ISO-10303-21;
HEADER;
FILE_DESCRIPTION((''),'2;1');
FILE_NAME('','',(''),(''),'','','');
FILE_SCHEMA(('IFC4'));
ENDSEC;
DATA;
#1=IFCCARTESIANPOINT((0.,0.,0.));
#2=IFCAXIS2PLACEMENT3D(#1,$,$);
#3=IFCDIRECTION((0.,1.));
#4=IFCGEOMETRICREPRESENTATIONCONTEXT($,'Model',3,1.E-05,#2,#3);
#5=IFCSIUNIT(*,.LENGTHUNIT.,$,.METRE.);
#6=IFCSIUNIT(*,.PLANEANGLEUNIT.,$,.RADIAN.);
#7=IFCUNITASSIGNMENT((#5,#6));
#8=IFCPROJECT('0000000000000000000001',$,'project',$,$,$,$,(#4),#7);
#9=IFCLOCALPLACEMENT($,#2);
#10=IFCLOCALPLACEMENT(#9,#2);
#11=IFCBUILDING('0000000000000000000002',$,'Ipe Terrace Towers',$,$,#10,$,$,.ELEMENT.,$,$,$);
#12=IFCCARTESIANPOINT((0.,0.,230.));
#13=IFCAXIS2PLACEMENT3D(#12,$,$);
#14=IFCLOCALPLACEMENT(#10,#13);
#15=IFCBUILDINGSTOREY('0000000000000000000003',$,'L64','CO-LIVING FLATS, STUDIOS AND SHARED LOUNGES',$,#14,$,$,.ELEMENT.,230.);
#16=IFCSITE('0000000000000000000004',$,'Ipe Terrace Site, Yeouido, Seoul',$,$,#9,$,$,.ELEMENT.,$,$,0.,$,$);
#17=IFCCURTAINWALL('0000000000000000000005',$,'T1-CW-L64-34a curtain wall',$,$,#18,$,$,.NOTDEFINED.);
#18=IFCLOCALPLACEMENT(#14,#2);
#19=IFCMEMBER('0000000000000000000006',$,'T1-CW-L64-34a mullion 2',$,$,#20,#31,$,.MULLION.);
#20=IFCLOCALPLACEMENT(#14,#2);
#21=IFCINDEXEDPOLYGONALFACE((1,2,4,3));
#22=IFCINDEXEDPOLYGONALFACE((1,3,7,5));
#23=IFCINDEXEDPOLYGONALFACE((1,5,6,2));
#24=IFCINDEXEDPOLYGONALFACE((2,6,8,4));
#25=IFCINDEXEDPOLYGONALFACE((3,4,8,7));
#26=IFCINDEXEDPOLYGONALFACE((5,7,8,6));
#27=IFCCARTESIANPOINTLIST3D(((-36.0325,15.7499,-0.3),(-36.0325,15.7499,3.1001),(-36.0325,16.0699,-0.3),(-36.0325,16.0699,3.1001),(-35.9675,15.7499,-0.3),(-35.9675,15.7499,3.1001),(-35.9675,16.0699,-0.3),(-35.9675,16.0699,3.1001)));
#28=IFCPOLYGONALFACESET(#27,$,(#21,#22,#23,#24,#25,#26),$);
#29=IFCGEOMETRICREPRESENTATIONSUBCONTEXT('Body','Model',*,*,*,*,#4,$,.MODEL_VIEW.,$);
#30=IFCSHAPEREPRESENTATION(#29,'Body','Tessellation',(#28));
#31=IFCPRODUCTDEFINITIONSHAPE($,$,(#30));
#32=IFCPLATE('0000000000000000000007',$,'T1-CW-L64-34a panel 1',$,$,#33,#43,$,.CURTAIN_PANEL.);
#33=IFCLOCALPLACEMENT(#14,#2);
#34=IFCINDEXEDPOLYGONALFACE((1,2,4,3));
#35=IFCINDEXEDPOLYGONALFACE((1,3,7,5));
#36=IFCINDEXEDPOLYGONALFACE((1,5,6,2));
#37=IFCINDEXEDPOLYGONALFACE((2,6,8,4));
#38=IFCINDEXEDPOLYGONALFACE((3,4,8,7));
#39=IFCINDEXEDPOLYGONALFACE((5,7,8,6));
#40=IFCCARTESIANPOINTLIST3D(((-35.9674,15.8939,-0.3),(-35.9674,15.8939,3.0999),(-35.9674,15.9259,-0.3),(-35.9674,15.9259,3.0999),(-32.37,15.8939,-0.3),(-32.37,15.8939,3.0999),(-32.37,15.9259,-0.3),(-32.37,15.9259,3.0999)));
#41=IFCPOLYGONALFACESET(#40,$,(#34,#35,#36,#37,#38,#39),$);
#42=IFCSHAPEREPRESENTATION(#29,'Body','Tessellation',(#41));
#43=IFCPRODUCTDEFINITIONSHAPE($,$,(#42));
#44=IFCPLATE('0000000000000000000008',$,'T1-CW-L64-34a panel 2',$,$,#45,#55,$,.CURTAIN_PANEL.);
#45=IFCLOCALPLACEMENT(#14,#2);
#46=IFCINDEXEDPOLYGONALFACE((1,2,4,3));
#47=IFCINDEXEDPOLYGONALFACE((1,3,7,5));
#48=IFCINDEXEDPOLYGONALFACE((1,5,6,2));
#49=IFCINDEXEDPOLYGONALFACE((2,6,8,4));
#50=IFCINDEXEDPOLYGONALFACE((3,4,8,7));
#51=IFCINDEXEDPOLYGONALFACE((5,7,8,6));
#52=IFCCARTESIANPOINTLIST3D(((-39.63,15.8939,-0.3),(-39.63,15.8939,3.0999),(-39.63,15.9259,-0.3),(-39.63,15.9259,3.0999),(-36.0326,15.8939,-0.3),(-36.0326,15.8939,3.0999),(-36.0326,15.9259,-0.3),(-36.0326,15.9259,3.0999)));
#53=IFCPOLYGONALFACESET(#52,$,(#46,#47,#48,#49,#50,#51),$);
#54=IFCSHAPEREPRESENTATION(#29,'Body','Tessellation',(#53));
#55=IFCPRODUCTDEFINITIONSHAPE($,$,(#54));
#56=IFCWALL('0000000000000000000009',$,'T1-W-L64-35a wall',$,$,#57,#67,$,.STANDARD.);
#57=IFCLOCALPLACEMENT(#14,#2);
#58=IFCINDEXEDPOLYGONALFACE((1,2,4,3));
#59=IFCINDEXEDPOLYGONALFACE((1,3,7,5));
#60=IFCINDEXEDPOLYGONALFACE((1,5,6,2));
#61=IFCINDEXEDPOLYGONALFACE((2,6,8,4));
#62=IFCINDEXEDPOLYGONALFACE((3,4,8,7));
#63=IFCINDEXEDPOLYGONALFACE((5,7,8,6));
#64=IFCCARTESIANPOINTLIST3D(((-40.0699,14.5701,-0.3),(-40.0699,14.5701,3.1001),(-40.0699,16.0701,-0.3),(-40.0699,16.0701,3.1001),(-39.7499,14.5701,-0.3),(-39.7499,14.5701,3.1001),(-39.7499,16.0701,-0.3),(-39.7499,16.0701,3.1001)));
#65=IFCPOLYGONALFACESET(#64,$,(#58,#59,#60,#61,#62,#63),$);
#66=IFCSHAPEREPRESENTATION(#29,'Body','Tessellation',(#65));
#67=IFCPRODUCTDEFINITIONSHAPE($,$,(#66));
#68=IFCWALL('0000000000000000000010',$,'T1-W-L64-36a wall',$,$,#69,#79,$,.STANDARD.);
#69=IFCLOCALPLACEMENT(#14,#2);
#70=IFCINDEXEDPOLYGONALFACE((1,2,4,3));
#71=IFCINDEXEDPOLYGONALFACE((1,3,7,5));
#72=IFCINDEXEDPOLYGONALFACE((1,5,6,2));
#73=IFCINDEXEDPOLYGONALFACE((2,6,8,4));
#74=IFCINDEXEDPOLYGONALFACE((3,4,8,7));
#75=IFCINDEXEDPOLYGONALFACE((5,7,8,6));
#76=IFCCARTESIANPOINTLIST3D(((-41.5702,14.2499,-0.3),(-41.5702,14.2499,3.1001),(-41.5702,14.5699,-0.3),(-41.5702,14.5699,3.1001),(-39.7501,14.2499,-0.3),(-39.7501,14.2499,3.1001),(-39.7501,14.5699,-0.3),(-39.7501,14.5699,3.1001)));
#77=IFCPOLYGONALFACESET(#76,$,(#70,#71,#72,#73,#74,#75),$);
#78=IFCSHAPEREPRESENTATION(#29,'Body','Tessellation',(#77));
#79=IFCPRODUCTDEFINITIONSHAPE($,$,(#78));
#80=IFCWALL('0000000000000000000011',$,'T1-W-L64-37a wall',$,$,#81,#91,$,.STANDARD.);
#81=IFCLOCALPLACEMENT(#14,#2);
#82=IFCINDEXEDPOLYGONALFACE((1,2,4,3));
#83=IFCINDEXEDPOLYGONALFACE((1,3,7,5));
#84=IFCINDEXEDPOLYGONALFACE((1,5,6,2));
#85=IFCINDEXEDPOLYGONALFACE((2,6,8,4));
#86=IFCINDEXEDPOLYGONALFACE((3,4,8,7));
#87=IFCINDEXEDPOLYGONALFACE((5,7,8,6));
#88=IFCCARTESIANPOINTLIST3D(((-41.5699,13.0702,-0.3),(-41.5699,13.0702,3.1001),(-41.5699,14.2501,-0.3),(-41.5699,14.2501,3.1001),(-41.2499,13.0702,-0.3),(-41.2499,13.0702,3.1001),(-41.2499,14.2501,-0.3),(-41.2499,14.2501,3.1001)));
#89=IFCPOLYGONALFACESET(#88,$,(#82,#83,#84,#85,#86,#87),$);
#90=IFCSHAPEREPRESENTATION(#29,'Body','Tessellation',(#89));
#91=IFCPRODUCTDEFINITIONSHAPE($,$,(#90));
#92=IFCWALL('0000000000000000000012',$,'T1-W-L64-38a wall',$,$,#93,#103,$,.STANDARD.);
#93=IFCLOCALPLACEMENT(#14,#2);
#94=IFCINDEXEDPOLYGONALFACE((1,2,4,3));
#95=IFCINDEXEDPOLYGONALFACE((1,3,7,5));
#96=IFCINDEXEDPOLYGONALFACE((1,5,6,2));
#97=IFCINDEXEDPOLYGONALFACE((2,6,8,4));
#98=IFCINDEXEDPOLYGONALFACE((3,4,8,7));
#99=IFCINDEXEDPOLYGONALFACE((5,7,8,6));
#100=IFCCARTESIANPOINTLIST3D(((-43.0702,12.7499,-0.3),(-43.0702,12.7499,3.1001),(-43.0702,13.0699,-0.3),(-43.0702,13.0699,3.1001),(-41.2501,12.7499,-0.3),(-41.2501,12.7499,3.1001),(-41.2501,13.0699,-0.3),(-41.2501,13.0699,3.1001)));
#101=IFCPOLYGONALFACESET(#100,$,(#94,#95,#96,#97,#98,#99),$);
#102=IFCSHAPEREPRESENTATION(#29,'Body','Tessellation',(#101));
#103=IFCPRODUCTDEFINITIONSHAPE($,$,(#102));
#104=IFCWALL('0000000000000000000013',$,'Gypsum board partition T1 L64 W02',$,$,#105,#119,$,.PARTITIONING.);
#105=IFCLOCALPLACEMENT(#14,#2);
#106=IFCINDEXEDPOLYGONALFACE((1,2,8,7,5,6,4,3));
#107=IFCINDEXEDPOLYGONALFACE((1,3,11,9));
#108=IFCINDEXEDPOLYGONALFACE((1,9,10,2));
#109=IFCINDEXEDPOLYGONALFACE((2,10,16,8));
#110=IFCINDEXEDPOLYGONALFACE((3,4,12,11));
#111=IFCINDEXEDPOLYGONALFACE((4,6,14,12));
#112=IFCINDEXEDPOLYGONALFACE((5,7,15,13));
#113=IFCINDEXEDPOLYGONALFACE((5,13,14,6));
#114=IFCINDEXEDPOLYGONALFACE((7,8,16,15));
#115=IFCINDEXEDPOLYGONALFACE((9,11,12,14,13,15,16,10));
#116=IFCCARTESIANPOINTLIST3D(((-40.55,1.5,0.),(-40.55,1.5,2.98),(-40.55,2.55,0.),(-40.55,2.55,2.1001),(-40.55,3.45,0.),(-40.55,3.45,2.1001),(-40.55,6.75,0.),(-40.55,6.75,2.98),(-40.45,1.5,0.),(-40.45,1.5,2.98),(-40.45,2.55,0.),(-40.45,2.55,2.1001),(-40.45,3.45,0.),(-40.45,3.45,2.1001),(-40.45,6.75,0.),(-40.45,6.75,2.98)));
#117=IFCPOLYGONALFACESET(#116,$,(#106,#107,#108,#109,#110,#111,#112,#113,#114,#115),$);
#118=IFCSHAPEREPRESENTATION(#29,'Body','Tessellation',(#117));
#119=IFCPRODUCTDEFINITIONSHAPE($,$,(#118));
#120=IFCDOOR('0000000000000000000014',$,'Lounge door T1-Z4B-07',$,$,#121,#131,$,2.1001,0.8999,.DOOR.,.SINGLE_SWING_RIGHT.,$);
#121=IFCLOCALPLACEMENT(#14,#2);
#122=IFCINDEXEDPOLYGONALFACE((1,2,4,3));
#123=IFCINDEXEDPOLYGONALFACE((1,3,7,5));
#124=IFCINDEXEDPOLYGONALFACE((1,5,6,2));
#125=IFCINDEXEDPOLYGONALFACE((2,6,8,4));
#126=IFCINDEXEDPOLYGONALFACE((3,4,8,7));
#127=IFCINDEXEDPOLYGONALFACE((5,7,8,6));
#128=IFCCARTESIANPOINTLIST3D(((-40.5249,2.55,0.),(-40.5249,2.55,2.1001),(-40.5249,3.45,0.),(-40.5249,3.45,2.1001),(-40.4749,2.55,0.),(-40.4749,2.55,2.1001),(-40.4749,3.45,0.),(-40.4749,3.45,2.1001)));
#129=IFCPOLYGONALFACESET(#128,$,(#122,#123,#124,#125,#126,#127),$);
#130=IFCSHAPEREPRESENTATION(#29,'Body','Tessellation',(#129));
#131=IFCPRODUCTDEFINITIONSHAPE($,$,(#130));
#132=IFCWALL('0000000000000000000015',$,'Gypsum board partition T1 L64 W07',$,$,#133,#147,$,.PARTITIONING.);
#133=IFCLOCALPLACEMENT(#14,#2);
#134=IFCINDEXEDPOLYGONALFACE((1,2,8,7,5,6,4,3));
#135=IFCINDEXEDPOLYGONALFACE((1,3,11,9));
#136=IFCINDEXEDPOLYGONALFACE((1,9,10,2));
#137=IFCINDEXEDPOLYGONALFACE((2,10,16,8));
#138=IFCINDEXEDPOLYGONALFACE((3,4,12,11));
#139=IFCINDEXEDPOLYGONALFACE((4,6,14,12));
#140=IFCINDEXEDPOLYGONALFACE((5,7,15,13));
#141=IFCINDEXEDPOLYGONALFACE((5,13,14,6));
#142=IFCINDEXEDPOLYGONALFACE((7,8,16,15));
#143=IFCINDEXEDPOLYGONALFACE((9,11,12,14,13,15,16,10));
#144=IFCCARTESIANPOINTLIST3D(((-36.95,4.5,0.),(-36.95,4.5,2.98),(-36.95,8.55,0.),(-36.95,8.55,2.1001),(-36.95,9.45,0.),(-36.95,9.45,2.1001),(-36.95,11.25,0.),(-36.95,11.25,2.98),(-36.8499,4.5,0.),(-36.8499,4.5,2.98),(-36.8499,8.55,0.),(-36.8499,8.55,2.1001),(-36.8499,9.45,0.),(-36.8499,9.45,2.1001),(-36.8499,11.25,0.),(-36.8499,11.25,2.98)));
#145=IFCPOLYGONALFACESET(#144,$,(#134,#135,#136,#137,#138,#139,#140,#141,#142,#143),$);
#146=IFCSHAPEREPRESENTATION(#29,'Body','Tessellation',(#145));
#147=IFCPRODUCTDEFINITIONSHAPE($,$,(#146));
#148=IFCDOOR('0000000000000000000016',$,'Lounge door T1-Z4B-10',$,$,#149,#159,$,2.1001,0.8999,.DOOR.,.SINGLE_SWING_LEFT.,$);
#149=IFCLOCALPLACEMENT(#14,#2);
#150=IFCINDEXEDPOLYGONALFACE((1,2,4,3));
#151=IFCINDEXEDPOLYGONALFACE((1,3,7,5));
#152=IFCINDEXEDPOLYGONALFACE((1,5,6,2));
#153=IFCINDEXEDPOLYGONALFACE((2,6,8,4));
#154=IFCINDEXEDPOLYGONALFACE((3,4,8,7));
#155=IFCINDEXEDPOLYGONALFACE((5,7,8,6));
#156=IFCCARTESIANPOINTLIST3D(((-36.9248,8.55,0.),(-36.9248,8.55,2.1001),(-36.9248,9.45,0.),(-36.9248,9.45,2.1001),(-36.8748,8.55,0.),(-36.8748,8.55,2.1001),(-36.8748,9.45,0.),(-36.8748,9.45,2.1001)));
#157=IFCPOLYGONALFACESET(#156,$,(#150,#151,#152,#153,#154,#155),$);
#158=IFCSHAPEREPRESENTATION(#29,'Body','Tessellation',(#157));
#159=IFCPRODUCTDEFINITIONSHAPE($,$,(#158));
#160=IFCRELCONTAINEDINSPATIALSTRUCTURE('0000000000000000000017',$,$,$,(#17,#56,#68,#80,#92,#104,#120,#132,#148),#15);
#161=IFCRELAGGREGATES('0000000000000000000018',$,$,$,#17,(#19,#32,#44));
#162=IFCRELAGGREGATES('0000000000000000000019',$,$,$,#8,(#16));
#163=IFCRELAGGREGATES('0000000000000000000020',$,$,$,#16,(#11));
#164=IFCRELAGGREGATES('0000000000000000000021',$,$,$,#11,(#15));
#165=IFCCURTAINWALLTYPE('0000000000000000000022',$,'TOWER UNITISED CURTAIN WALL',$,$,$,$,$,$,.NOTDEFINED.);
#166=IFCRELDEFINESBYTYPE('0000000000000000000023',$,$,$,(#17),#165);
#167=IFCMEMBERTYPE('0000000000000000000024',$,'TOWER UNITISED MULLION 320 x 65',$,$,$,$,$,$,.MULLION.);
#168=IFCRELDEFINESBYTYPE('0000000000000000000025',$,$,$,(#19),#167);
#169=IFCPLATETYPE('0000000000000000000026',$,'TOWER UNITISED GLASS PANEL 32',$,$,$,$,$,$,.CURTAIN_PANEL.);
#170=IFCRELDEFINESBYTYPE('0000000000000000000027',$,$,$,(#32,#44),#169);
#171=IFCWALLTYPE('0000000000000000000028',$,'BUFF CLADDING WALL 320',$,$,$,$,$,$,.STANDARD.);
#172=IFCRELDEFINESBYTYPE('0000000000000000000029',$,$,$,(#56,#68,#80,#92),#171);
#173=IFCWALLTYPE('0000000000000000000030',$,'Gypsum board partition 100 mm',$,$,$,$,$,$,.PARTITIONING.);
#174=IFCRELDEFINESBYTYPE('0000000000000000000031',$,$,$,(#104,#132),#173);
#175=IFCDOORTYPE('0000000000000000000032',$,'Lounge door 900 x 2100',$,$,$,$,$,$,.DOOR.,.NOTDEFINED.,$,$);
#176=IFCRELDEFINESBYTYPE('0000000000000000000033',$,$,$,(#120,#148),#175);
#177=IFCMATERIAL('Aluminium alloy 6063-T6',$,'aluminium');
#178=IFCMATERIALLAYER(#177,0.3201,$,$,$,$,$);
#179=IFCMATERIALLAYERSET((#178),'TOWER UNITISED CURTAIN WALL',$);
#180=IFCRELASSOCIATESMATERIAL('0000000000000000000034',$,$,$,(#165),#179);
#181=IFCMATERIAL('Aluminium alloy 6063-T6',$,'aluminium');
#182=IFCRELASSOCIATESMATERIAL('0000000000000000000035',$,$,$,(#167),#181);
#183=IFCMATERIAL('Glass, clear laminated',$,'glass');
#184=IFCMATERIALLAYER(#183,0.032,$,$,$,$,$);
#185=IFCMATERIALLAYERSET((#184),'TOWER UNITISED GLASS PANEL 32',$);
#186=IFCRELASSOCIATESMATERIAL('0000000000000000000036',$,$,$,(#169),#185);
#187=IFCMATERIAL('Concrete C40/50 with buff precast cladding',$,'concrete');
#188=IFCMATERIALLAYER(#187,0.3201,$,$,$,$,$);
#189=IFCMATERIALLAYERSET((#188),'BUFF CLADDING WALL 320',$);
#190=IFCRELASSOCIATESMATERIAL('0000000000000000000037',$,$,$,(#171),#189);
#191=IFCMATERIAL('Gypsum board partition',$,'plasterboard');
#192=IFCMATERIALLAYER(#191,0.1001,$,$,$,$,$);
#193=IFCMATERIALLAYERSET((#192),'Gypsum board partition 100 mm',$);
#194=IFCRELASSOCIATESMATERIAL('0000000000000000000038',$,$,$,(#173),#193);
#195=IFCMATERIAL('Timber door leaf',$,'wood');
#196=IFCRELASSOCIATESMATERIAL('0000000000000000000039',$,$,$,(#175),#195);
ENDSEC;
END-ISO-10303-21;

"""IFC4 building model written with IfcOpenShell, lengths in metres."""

from ifc_helpers import new_model, si_unit, direction, frame, frame_2d, origin, origin_2d, place, context, subcontext, project, spatial, rectangle, extrude, material, layer, layer_set, material_profile, profile_set, type_object, element, fill, aggregate, save


model = new_model("IFC4")

# Units and contexts
model_context = context("Model", 3, precision=1e-05, world=origin(), true_north=direction((0.0, 1.0)))
body_context = subcontext(model_context, "Body", "Model", "MODEL_VIEW")
ifc_project = project(units=[si_unit("LENGTHUNIT", "METRE"), si_unit("PLANEANGLEUNIT", "RADIAN")], contexts=[model_context])

# Site, building, storey
site_placement = place(None, origin())
site = spatial("IfcSite", under=ifc_project, at=site_placement, Name="Ipe Terrace Site, Yeouido, Seoul", CompositionType="ELEMENT", RefElevation=0.0)
building_placement = place(site_placement, origin())
building = spatial("IfcBuilding", under=site, at=building_placement, Name="Ipe Terrace Towers", CompositionType="ELEMENT")
storey_placement = place(building_placement, frame((0.0, 0.0, 230.0)))
storey = spatial("IfcBuildingStorey", under=building, at=storey_placement, Name="L64", Description="CO-LIVING FLATS, STUDIOS AND SHARED LOUNGES", CompositionType="ELEMENT", Elevation=230.0)

# Curtain wall, member, plates
ifc_material_1 = material(Name="Aluminium alloy 6063-T6", Category="aluminium")
ifc_layer_1 = layer(ifc_material_1, 0.3201)
ifc_layer_set_1 = layer_set([ifc_layer_1], Name="TOWER UNITISED CURTAIN WALL")
curtain_wall_type = type_object("IfcCurtainWallType", Name="TOWER UNITISED CURTAIN WALL", PredefinedType="NOTDEFINED", material=ifc_layer_set_1)
curtain_wall_placement = place(storey_placement, origin())
curtain_wall = element("IfcCurtainWall", 1, at=curtain_wall_placement, inside=storey, type_object=curtain_wall_type, Name="T1-CW-L64-34a curtain wall", PredefinedType="NOTDEFINED")
ifc_material_2 = material(Name="Aluminium alloy 6063-T6", Category="aluminium")
ifc_material_profile_1 = material_profile(ifc_material_2, rectangle(XDim=0.3201, YDim=0.0649, at=origin_2d()), Name="TOWER UNITISED MULLION 320 x 65")
ifc_profile_set_1 = profile_set([ifc_material_profile_1], Name="Aluminium alloy 6063-T6")
member_type_1 = type_object("IfcMemberType", Name="TOWER UNITISED MULLION 320 x 65", PredefinedType="MULLION", material=ifc_profile_set_1)
member_1_placement = place(storey_placement, frame((-36.0, 15.9099, -0.3), z_axis=(0.0, 0.0, 1.0), x_axis=(0.0, 1.0, 0.0)))
member_1 = element("IfcMember", 2, at=member_1_placement, type_object=member_type_1, Name="T1-CW-L64-34a mullion 2", PredefinedType="MULLION", context=body_context, shape_type="SweptSolid", body=[
    extrude(rectangle(XDim=0.3201, YDim=0.0649, at=origin_2d()), origin(), (0.0, 0.0, 1.0), 3.4001),
])
ifc_material_3 = material(Name="Glass, clear laminated", Category="glass")
ifc_layer_2 = layer(ifc_material_3, 0.032)
ifc_layer_set_2 = layer_set([ifc_layer_2], Name="TOWER UNITISED GLASS PANEL 32")
plate_type = type_object("IfcPlateType", Name="TOWER UNITISED GLASS PANEL 32", PredefinedType="CURTAIN_PANEL", material=ifc_layer_set_2)
plate_1_placement = place(storey_placement, frame((-34.1687, 15.9099, -0.3), z_axis=(0.0, 0.0, 1.0), x_axis=(-1.0, 0.0, 0.0)))
plate_1 = element("IfcPlate", 3, at=plate_1_placement, type_object=plate_type, Name="T1-CW-L64-34a panel 1", PredefinedType="CURTAIN_PANEL", context=body_context, shape_type="SweptSolid", body=[
    extrude(rectangle(XDim=3.5974, YDim=0.032, at=origin_2d()), origin(), (0.0, 0.0, 1.0), 3.3999),
])
plate_2_placement = place(storey_placement, frame((-37.8313, 15.9099, -0.3), z_axis=(0.0, 0.0, 1.0), x_axis=(-1.0, 0.0, 0.0)))
plate_2 = element("IfcPlate", 4, at=plate_2_placement, type_object=plate_type, Name="T1-CW-L64-34a panel 2", PredefinedType="CURTAIN_PANEL", context=body_context, shape_type="SweptSolid", body=[
    extrude(rectangle(XDim=3.5974, YDim=0.032, at=origin_2d()), origin(), (0.0, 0.0, 1.0), 3.3999),
])
aggregate(curtain_wall, [member_1, plate_1, plate_2])

# Walls
ifc_material_4 = material(Name="Concrete C40/50 with buff precast cladding", Category="concrete")
ifc_layer_3 = layer(ifc_material_4, 0.3201)
ifc_layer_set_3 = layer_set([ifc_layer_3], Name="BUFF CLADDING WALL 320")
wall_type_1 = type_object("IfcWallType", Name="BUFF CLADDING WALL 320", PredefinedType="STANDARD", material=ifc_layer_set_3)
wall_1_placement = place(storey_placement, frame((-39.9099, 16.0701, -0.3), z_axis=(0.0, 0.0, 1.0), x_axis=(0.0, -1.0, 0.0)))
element("IfcWall", 5, at=wall_1_placement, inside=storey, type_object=wall_type_1, Name="T1-W-L64-35a wall", PredefinedType="STANDARD", context=body_context, shape_type="SweptSolid", body=[
    extrude(rectangle(XDim=1.5, YDim=0.3201, at=frame_2d((0.75, 0.0))), origin(), (0.0, 0.0, 1.0), 3.4001),
])
wall_2_placement = place(storey_placement, frame((-39.75, 14.4099, -0.3), z_axis=(0.0, 0.0, 1.0), x_axis=(-1.0, 0.0, 0.0)))
element("IfcWall", 6, at=wall_2_placement, inside=storey, type_object=wall_type_1, Name="T1-W-L64-36a wall", PredefinedType="STANDARD", context=body_context, shape_type="SweptSolid", body=[
    extrude(rectangle(XDim=1.8201, YDim=0.3201, at=frame_2d((0.9102, 0.0))), origin(), (0.0, 0.0, 1.0), 3.4001),
])
wall_3_placement = place(storey_placement, frame((-41.4099, 14.25, -0.3), z_axis=(0.0, 0.0, 1.0), x_axis=(0.0, -1.0, 0.0)))
element("IfcWall", 7, at=wall_3_placement, inside=storey, type_object=wall_type_1, Name="T1-W-L64-37a wall", PredefinedType="STANDARD", context=body_context, shape_type="SweptSolid", body=[
    extrude(rectangle(XDim=1.1799, YDim=0.3201, at=frame_2d((0.5898, 0.0))), origin(), (0.0, 0.0, 1.0), 3.4001),
])
wall_4_placement = place(storey_placement, frame((-41.25, 12.9099, -0.3), z_axis=(0.0, 0.0, 1.0), x_axis=(-1.0, 0.0, 0.0)))
element("IfcWall", 8, at=wall_4_placement, inside=storey, type_object=wall_type_1, Name="T1-W-L64-38a wall", PredefinedType="STANDARD", context=body_context, shape_type="SweptSolid", body=[
    extrude(rectangle(XDim=1.8201, YDim=0.3201, at=frame_2d((0.9102, 0.0))), origin(), (0.0, 0.0, 1.0), 3.4001),
])

# Walls, openings, doors
ifc_material_5 = material(Name="Gypsum board partition", Category="plasterboard")
ifc_layer_4 = layer(ifc_material_5, 0.1001)
ifc_layer_set_4 = layer_set([ifc_layer_4], Name="Gypsum board partition 100 mm")
wall_type_2 = type_object("IfcWallType", Name="Gypsum board partition 100 mm", PredefinedType="PARTITIONING", material=ifc_layer_set_4)
wall_5_placement = place(storey_placement, frame((-40.5, 1.5, 0.0), z_axis=(0.0, 0.0, 1.0), x_axis=(0.0, 1.0, 0.0)))
wall_5 = element("IfcWall", 9, at=wall_5_placement, inside=storey, type_object=wall_type_2, Name="Gypsum board partition T1 L64 W02", PredefinedType="PARTITIONING", context=body_context, shape_type="SweptSolid", body=[
    extrude(rectangle(XDim=5.25, YDim=0.1001, at=frame_2d((2.625, 0.0))), origin(), (0.0, 0.0, 1.0), 2.98),
])
opening_1_placement = place(wall_5_placement, frame((1.05, 0.0, 0.0)))
opening_1 = element("IfcOpeningElement", 10, at=opening_1_placement, cuts=wall_5, PredefinedType="OPENING", context=body_context, shape_type="SweptSolid", body=[
    extrude(rectangle(XDim=0.8999, YDim=2.1001, at=frame_2d((0.45, 1.05))), frame((0.0, 0.0601, 0.0), z_axis=(0.0, -1.0, 0.0), x_axis=(1.0, 0.0, 0.0)), (0.0, 0.0, 1.0), 0.1201),
])
ifc_material_6 = material(Name="Timber door leaf", Category="wood")
door_type = type_object("IfcDoorType", Name="Lounge door 900 x 2100", OperationType="NOTDEFINED", PredefinedType="DOOR", material=ifc_material_6)
door_1_placement = place(opening_1_placement, origin())
door_1 = element("IfcDoor", 11, at=door_1_placement, inside=storey, type_object=door_type, Name="Lounge door T1-Z4B-07", OperationType="SINGLE_SWING_RIGHT", OverallHeight=2.1001, OverallWidth=0.8999, PredefinedType="DOOR", context=body_context, shape_type="SweptSolid", body=[
    extrude(rectangle(XDim=0.8999, YDim=2.1001, at=frame_2d((0.45, 1.05))), frame((0.0, 0.0249, 0.0), z_axis=(0.0, -1.0, 0.0), x_axis=(1.0, 0.0, 0.0)), (0.0, 0.0, 1.0), 0.05),
])
fill(opening_1, door_1)
wall_6_placement = place(storey_placement, frame((-36.8999, 4.5, 0.0), z_axis=(0.0, 0.0, 1.0), x_axis=(0.0, 1.0, 0.0)))
wall_6 = element("IfcWall", 12, at=wall_6_placement, inside=storey, type_object=wall_type_2, Name="Gypsum board partition T1 L64 W07", PredefinedType="PARTITIONING", context=body_context, shape_type="SweptSolid", body=[
    extrude(rectangle(XDim=6.75, YDim=0.1001, at=frame_2d((3.375, 0.0))), origin(), (0.0, 0.0, 1.0), 2.98),
])
opening_2_placement = place(wall_6_placement, frame((4.05, 0.0, 0.0)))
opening_2 = element("IfcOpeningElement", 13, at=opening_2_placement, cuts=wall_6, PredefinedType="OPENING", context=body_context, shape_type="SweptSolid", body=[
    extrude(rectangle(XDim=0.8999, YDim=2.1001, at=frame_2d((0.45, 1.05))), frame((0.0, 0.0601, 0.0), z_axis=(0.0, -1.0, 0.0), x_axis=(1.0, 0.0, 0.0)), (0.0, 0.0, 1.0), 0.1201),
])
door_2_placement = place(opening_2_placement, origin())
door_2 = element("IfcDoor", 14, at=door_2_placement, inside=storey, type_object=door_type, Name="Lounge door T1-Z4B-10", OperationType="SINGLE_SWING_LEFT", OverallHeight=2.1001, OverallWidth=0.8999, PredefinedType="DOOR", context=body_context, shape_type="SweptSolid", body=[
    extrude(rectangle(XDim=0.8999, YDim=2.1001, at=frame_2d((0.45, 1.05))), frame((0.0, 0.0249, 0.0), z_axis=(0.0, -1.0, 0.0), x_axis=(1.0, 0.0, 0.0)), (0.0, 0.0, 1.0), 0.05),
])
fill(opening_2, door_2)

save(model, "model.ifc")
